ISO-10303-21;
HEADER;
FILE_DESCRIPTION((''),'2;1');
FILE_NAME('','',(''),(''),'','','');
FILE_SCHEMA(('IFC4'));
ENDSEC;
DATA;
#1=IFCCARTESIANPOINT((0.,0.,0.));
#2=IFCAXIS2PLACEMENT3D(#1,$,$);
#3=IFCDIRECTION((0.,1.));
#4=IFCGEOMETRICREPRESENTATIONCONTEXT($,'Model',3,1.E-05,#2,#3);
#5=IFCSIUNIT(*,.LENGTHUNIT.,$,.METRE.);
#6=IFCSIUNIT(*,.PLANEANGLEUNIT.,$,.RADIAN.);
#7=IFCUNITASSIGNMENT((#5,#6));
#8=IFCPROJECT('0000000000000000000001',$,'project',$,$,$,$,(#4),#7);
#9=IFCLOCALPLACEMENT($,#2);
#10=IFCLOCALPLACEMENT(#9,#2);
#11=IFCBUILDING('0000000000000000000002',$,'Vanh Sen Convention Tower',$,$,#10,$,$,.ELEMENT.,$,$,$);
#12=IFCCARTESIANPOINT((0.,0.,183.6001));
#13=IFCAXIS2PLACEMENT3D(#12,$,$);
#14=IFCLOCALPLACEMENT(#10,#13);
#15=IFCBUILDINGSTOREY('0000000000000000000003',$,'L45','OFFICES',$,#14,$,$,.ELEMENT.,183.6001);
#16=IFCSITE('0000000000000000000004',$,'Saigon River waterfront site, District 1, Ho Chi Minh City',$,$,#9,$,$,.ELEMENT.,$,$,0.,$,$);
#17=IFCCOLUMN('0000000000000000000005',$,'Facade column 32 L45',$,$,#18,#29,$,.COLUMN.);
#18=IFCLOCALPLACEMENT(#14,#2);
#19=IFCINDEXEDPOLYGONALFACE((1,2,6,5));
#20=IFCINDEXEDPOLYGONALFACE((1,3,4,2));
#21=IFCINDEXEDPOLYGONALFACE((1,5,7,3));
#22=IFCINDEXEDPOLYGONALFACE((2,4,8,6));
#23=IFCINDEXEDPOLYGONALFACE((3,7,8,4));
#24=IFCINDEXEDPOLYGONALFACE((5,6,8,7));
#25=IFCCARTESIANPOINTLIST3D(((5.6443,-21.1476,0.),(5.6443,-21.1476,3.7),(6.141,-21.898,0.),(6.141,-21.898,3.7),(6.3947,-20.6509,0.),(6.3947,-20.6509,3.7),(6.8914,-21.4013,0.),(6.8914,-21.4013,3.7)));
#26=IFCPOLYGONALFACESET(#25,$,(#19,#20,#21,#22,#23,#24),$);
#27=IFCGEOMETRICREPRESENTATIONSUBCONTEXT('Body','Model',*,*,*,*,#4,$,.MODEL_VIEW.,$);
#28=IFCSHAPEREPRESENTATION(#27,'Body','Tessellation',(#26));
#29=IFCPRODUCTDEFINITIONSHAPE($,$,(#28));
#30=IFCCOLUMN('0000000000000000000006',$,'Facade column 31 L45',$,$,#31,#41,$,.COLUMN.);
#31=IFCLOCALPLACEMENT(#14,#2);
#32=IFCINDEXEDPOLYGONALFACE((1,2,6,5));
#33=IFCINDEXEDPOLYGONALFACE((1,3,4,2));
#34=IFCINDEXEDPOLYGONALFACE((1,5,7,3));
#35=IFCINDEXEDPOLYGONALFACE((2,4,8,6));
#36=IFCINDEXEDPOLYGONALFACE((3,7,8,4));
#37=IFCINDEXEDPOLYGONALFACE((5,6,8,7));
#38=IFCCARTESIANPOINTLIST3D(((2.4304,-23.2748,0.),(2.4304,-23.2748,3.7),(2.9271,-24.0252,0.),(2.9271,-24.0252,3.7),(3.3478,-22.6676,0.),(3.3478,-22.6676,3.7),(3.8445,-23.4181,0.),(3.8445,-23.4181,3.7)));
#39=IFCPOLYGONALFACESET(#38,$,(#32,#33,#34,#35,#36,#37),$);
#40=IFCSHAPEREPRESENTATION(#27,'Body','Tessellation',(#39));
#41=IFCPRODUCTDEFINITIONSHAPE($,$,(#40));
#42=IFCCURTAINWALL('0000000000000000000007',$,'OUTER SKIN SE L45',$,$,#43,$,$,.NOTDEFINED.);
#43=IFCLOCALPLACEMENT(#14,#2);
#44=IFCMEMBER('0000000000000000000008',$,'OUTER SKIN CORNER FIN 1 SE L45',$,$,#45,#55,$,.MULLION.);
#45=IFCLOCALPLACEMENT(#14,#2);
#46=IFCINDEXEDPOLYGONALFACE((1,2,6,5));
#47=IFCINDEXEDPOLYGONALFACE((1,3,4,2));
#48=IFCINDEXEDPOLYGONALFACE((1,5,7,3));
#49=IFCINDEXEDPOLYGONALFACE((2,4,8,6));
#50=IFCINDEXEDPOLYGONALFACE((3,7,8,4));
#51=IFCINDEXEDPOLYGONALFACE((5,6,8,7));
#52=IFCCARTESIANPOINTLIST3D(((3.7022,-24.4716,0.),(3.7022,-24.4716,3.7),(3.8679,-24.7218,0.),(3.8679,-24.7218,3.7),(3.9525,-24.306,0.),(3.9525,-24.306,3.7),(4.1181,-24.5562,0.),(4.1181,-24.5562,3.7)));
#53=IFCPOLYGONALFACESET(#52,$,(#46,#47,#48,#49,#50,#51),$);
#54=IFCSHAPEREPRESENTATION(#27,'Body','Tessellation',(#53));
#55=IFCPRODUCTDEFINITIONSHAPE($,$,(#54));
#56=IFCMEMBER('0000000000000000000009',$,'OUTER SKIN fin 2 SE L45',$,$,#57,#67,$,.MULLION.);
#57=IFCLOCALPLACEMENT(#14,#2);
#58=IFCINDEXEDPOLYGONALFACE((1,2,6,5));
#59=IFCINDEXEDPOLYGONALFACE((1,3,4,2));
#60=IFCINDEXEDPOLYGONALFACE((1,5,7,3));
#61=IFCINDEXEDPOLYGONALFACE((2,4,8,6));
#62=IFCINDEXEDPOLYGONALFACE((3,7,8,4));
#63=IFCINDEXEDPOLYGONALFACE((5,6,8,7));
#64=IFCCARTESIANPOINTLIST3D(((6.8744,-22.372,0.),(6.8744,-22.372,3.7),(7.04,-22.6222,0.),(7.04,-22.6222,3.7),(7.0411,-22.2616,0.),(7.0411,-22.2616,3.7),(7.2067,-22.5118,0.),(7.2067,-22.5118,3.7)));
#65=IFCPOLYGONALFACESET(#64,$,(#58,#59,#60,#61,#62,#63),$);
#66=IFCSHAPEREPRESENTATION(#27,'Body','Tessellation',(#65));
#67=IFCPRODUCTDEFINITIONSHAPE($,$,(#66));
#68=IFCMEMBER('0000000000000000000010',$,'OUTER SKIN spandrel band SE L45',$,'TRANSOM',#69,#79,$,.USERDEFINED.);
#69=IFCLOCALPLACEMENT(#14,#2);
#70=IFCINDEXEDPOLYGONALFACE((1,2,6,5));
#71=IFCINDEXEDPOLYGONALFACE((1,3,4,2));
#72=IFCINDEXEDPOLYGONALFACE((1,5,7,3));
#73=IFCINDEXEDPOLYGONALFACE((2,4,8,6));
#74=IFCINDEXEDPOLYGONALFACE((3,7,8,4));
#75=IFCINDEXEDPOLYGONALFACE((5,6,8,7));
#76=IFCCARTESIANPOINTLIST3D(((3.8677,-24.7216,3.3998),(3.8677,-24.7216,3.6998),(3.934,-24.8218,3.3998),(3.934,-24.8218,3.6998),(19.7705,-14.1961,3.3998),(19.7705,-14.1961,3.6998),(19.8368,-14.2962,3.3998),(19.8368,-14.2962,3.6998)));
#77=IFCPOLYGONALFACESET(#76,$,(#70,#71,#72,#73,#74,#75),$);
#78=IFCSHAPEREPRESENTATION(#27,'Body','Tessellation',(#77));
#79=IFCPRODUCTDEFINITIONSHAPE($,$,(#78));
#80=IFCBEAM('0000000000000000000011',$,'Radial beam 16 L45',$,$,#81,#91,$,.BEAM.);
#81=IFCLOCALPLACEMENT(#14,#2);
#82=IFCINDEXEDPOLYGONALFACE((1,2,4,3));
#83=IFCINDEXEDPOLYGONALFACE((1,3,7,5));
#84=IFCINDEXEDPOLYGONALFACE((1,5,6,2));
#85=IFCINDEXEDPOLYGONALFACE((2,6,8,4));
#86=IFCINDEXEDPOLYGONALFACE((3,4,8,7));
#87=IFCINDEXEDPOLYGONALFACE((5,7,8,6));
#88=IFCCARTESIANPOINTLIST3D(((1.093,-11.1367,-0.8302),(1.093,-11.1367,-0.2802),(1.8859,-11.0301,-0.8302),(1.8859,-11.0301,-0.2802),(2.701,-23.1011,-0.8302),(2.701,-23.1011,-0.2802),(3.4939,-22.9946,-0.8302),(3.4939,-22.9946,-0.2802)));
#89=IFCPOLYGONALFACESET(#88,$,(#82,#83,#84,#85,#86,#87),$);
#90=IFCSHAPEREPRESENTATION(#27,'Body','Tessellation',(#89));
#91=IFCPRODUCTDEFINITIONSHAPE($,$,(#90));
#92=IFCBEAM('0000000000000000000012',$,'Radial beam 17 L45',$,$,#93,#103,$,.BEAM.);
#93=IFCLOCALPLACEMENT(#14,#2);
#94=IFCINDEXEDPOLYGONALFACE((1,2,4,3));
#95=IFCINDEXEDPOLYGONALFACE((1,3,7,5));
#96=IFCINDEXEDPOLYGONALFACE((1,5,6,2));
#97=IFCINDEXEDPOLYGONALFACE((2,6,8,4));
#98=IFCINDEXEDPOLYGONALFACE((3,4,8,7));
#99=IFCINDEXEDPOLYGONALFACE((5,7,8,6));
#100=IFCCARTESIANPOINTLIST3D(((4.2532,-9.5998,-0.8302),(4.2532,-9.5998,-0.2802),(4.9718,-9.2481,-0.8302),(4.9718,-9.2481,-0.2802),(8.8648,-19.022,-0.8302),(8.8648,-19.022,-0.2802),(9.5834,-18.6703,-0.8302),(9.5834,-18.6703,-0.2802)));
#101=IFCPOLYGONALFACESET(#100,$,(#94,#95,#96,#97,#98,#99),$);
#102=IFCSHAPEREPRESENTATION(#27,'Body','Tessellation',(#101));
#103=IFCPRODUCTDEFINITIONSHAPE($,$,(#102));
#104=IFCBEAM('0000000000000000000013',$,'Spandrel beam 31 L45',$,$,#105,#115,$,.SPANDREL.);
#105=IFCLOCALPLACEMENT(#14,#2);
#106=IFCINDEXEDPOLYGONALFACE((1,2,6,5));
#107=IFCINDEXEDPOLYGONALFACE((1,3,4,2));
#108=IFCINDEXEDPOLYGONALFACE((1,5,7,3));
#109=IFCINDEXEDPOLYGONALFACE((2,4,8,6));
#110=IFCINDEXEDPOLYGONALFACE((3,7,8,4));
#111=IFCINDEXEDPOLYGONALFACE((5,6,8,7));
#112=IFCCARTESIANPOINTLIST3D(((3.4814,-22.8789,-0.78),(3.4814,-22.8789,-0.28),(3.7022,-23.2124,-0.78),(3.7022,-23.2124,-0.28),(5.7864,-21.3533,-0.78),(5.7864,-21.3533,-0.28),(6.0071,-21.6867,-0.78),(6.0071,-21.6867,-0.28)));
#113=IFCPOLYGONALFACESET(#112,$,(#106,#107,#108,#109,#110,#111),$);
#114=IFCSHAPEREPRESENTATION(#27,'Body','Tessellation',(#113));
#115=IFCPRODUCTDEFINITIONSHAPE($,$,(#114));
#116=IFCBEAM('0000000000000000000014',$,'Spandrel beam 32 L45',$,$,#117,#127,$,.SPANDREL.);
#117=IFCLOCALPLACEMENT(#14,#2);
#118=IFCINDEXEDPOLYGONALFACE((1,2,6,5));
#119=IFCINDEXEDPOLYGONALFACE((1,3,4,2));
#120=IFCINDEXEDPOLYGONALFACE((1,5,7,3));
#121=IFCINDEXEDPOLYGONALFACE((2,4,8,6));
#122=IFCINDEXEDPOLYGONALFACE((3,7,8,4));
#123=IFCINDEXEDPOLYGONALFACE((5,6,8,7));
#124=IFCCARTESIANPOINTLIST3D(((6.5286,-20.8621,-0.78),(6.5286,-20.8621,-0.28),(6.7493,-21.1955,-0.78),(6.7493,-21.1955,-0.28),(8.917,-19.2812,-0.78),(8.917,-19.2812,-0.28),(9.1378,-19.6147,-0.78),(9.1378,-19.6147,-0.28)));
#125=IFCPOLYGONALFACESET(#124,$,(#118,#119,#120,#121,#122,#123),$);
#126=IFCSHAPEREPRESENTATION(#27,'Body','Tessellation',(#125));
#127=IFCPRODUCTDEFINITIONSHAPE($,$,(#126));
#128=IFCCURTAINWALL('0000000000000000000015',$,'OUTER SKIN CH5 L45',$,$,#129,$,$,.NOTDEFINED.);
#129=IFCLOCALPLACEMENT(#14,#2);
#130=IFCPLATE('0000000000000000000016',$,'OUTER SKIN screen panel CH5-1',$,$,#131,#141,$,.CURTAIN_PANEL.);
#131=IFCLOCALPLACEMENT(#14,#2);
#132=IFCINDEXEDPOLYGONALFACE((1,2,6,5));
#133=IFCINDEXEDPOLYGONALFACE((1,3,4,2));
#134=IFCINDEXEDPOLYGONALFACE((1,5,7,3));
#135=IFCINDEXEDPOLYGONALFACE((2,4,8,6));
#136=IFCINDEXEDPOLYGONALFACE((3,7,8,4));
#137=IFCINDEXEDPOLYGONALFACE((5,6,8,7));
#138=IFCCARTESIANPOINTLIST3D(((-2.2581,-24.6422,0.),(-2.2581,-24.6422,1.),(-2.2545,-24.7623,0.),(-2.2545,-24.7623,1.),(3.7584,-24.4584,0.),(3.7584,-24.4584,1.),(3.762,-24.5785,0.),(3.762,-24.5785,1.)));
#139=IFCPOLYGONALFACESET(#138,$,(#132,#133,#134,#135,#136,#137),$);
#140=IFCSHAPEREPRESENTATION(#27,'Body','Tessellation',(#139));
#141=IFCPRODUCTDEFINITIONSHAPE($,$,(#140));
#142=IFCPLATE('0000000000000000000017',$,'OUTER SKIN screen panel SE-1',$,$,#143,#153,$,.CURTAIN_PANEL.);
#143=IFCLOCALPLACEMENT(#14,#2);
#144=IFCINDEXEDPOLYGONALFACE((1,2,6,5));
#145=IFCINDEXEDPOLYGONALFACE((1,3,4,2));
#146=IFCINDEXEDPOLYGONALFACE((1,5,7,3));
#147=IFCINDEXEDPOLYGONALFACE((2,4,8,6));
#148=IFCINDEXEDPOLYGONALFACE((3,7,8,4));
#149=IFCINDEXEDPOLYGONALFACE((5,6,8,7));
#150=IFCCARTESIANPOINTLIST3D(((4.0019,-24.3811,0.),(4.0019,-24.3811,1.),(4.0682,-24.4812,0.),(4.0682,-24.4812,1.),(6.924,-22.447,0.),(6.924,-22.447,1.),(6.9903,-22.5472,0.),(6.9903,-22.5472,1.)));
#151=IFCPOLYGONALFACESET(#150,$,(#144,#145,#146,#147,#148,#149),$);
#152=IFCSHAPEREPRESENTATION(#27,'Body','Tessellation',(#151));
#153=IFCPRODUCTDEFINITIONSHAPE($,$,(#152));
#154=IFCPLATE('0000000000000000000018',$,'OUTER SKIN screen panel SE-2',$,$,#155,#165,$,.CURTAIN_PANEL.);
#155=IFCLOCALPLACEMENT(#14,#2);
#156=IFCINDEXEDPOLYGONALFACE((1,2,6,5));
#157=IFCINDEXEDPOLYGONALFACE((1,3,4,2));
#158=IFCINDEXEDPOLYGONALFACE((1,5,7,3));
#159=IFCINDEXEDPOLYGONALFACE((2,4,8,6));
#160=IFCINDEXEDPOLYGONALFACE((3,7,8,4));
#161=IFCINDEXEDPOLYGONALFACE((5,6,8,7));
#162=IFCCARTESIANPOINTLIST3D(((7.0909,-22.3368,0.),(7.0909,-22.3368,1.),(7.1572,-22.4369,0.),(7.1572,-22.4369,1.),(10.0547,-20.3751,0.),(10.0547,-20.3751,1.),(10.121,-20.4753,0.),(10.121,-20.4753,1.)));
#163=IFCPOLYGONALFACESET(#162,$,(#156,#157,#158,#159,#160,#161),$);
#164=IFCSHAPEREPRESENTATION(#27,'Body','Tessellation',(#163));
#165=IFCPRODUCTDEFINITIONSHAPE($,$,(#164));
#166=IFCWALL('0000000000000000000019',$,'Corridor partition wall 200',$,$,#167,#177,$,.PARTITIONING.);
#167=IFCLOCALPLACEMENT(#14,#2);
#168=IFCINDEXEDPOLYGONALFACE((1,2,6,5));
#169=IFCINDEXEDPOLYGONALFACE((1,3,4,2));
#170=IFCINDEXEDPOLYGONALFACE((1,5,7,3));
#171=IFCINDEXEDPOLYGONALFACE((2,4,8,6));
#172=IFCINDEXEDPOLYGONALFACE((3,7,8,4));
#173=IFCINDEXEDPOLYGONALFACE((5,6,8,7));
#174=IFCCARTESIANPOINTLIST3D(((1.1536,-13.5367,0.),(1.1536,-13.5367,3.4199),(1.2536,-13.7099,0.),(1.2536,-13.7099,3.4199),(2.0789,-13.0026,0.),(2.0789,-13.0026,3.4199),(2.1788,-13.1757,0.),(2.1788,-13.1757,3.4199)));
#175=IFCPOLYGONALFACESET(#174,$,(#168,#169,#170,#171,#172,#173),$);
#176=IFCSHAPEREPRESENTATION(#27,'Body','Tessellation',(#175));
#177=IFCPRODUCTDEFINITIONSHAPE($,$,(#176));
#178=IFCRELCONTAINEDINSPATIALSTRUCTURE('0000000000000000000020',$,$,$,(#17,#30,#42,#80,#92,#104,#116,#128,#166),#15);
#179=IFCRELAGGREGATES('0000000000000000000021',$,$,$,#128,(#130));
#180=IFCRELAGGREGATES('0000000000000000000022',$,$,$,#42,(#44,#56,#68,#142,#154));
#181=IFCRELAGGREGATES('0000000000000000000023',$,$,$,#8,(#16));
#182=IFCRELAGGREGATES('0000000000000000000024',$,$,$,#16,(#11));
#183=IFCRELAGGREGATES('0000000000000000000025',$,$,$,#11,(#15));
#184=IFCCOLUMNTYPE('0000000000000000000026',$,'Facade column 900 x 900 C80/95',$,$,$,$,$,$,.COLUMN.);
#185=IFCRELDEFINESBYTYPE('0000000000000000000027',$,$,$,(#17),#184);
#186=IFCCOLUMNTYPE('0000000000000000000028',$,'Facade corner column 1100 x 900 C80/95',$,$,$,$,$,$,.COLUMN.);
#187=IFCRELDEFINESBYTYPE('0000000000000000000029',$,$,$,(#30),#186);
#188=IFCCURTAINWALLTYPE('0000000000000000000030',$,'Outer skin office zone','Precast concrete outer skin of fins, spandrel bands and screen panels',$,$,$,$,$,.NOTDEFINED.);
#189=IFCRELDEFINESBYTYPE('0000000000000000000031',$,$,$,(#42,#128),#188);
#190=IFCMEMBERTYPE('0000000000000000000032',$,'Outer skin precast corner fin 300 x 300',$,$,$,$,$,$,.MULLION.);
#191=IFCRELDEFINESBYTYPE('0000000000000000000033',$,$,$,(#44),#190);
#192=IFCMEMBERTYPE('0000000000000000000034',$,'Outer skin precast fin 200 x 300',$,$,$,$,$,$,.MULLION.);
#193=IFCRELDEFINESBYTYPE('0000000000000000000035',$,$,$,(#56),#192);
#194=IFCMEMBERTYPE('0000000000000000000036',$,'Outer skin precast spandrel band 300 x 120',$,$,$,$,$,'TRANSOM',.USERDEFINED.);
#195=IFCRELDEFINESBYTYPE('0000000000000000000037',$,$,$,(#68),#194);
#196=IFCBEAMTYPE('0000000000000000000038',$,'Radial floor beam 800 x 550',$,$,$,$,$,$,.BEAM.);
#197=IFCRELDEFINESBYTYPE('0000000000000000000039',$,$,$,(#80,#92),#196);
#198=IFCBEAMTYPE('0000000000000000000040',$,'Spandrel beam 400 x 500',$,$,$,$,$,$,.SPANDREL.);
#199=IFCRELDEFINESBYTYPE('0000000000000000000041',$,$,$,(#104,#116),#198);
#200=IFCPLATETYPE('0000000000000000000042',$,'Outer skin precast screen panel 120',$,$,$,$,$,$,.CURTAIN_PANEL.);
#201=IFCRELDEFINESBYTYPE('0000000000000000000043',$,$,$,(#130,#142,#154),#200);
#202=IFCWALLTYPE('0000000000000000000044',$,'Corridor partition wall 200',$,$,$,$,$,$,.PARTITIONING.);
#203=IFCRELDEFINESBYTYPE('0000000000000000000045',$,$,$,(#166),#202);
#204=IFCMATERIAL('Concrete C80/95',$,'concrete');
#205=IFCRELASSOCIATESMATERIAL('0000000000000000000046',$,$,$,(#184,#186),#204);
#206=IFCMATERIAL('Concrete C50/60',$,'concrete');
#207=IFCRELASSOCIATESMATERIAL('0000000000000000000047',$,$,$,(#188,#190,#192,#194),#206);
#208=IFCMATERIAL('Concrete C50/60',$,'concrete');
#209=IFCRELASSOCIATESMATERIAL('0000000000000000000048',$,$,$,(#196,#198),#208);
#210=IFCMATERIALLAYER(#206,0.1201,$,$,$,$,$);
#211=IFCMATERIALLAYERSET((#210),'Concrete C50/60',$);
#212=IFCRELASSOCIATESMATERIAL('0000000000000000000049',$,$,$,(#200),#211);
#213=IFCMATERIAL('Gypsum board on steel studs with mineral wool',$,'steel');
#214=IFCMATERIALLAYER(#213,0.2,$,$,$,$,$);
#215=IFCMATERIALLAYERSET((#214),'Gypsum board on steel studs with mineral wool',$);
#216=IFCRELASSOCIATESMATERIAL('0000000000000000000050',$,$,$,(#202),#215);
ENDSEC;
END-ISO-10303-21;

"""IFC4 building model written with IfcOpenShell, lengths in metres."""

from ifc_helpers import new_model, si_unit, direction, frame, frame_2d, origin, origin_2d, place, context, subcontext, project, spatial, rectangle, extrude, material, layer, layer_set, material_profile, profile_set, type_object, element, aggregate, save


model = new_model("IFC4")

# Units and contexts
model_context = context("Model", 3, precision=1e-05, world=origin(), true_north=direction((0.0, 1.0)))
body_context = subcontext(model_context, "Body", "Model", "MODEL_VIEW")
ifc_project = project(units=[si_unit("LENGTHUNIT", "METRE"), si_unit("PLANEANGLEUNIT", "RADIAN")], contexts=[model_context])

# Site, building, storey
site_placement = place(None, origin())
site = spatial("IfcSite", under=ifc_project, at=site_placement, Name="Saigon River waterfront site, District 1, Ho Chi Minh City", CompositionType="ELEMENT", RefElevation=0.0)
building_placement = place(site_placement, origin())
building = spatial("IfcBuilding", under=site, at=building_placement, Name="Vanh Sen Convention Tower", CompositionType="ELEMENT")
storey_placement = place(building_placement, frame((0.0, 0.0, 183.6001)))
storey = spatial("IfcBuildingStorey", under=building, at=storey_placement, Name="L45", Description="OFFICES", CompositionType="ELEMENT", Elevation=183.6001)

# Columns
ifc_material_1 = material(Name="Concrete C80/95", Category="concrete")
ifc_material_profile_1 = material_profile(ifc_material_1, rectangle(XDim=0.8999, YDim=0.8999, at=origin_2d()), Name="RC 900X900")
ifc_profile_set_1 = profile_set([ifc_material_profile_1], Name="Concrete C80/95")
column_type_1 = type_object("IfcColumnType", Name="Facade column 900 x 900 C80/95", PredefinedType="COLUMN", material=ifc_profile_set_1)
column_1_placement = place(storey_placement, frame((6.2678, -21.2744, 0.0), z_axis=(0.0, 0.0, 1.0), x_axis=(0.833886, 0.551937, 0.0)))
element("IfcColumn", 1, at=column_1_placement, inside=storey, type_object=column_type_1, Name="Facade column 32 L45", PredefinedType="COLUMN", context=body_context, shape_type="SweptSolid", body=[
    extrude(rectangle(XDim=0.8999, YDim=0.8999, at=origin_2d()), origin(), (0.0, 0.0, 1.0), 3.7),
])
ifc_material_profile_2 = material_profile(ifc_material_1, rectangle(XDim=1.1001, YDim=0.8999, at=origin_2d()), Name="RC 1100X900")
ifc_profile_set_2 = profile_set([ifc_material_profile_2], Name="Concrete C80/95")
column_type_2 = type_object("IfcColumnType", Name="Facade corner column 1100 x 900 C80/95", PredefinedType="COLUMN", material=ifc_profile_set_2)
column_2_placement = place(storey_placement, frame((3.1375, -23.3464, 0.0), z_axis=(0.0, 0.0, 1.0), x_axis=(0.833886, 0.551937, 0.0)))
element("IfcColumn", 2, at=column_2_placement, inside=storey, type_object=column_type_2, Name="Facade column 31 L45", PredefinedType="COLUMN", context=body_context, shape_type="SweptSolid", body=[
    extrude(rectangle(XDim=1.1001, YDim=0.8999, at=origin_2d()), origin(), (0.0, 0.0, 1.0), 3.7),
])

# Curtain wall, members
ifc_material_2 = material(Name="Concrete C50/60", Category="concrete")
curtain_wall_type = type_object("IfcCurtainWallType", Name="Outer skin office zone", Description="Precast concrete outer skin of fins, spandrel bands and screen panels", PredefinedType="NOTDEFINED", material=ifc_material_2)
curtain_wall_1_placement = place(storey_placement, origin())
curtain_wall_1 = element("IfcCurtainWall", 3, at=curtain_wall_1_placement, inside=storey, type_object=curtain_wall_type, Name="OUTER SKIN SE L45", PredefinedType="NOTDEFINED")
ifc_material_profile_3 = material_profile(ifc_material_2, rectangle(XDim=0.3, YDim=0.3, at=origin_2d()), Name="Outer skin precast corner fin 300 x 300")
ifc_profile_set_3 = profile_set([ifc_material_profile_3], Name="Concrete C50/60")
member_type_1 = type_object("IfcMemberType", Name="Outer skin precast corner fin 300 x 300", PredefinedType="MULLION", material=ifc_profile_set_3)
member_1_placement = place(storey_placement, frame((3.9102, -24.5139, 0.0), z_axis=(0.0, 0.0, 1.0), x_axis=(0.833886, 0.551937, 0.0)))
member_1 = element("IfcMember", 4, at=member_1_placement, type_object=member_type_1, Name="OUTER SKIN CORNER FIN 1 SE L45", PredefinedType="MULLION", context=body_context, shape_type="SweptSolid", body=[
    extrude(rectangle(XDim=0.3, YDim=0.3, at=origin_2d()), origin(), (0.0, 0.0, 1.0), 3.7),
])
ifc_material_profile_4 = material_profile(ifc_material_2, rectangle(XDim=0.2, YDim=0.3, at=origin_2d()), Name="Outer skin precast fin 200 x 300")
ifc_profile_set_4 = profile_set([ifc_material_profile_4], Name="Concrete C50/60")
member_type_2 = type_object("IfcMemberType", Name="Outer skin precast fin 200 x 300", PredefinedType="MULLION", material=ifc_profile_set_4)
member_2_placement = place(storey_placement, frame((7.0405, -22.4419, 0.0), z_axis=(0.0, 0.0, 1.0), x_axis=(0.833886, 0.551937, 0.0)))
member_2 = element("IfcMember", 5, at=member_2_placement, type_object=member_type_2, Name="OUTER SKIN fin 2 SE L45", PredefinedType="MULLION", context=body_context, shape_type="SweptSolid", body=[
    extrude(rectangle(XDim=0.2, YDim=0.3, at=origin_2d()), origin(), (0.0, 0.0, 1.0), 3.7),
])
ifc_material_profile_5 = material_profile(ifc_material_2, rectangle(XDim=0.1201, YDim=0.3, at=origin_2d()), Name="Outer skin precast spandrel band 300 x 120")
ifc_profile_set_5 = profile_set([ifc_material_profile_5], Name="Concrete C50/60")
member_type_3 = type_object("IfcMemberType", Name="Outer skin precast spandrel band 300 x 120", ElementType="TRANSOM", PredefinedType="USERDEFINED", material=ifc_profile_set_5)
member_3_placement = place(storey_placement, frame((3.9009, -24.7717, 3.5498), z_axis=(0.833891, 0.551929, 0.0), x_axis=(-0.551929, 0.833891, 0.0)))
member_3 = element("IfcMember", 6, at=member_3_placement, type_object=member_type_3, Name="OUTER SKIN spandrel band SE L45", ObjectType="TRANSOM", PredefinedType="USERDEFINED", context=body_context, shape_type="SweptSolid", body=[
    extrude(rectangle(XDim=0.1201, YDim=0.3, at=origin_2d()), origin(), (0.0, 0.0, 1.0), 19.0706),
])

# Beams
ifc_material_3 = material(Name="Concrete C50/60", Category="concrete")
ifc_material_profile_6 = material_profile(ifc_material_3, rectangle(XDim=0.8, YDim=0.55, at=origin_2d()), Name="RC 800X550")
ifc_profile_set_6 = profile_set([ifc_material_profile_6], Name="Concrete C50/60")
beam_type_1 = type_object("IfcBeamType", Name="Radial floor beam 800 x 550", PredefinedType="BEAM", material=ifc_profile_set_6)
beam_1_placement = place(storey_placement, frame((3.0974, -23.0479, -0.5552), z_axis=(-0.133194, 0.99109, 0.0), x_axis=(-0.99109, -0.133194, 0.0)))
element("IfcBeam", 7, at=beam_1_placement, inside=storey, type_object=beam_type_1, Name="Radial beam 16 L45", PredefinedType="BEAM", context=body_context, shape_type="SweptSolid", body=[
    extrude(rectangle(XDim=0.8, YDim=0.55, at=origin_2d()), origin(), (0.0, 0.0, 1.0), 12.072),
])
beam_2_placement = place(storey_placement, frame((9.2241, -18.8462, -0.5552), z_axis=(-0.43961, 0.898189, 0.0), x_axis=(-0.898189, -0.43961, 0.0)))
element("IfcBeam", 8, at=beam_2_placement, inside=storey, type_object=beam_type_1, Name="Radial beam 17 L45", PredefinedType="BEAM", context=body_context, shape_type="SweptSolid", body=[
    extrude(rectangle(XDim=0.8, YDim=0.55, at=origin_2d()), origin(), (0.0, 0.0, 1.0), 10.4902),
])
ifc_material_profile_7 = material_profile(ifc_material_3, rectangle(XDim=0.3999, YDim=0.5, at=origin_2d()), Name="RC 400X500")
ifc_profile_set_7 = profile_set([ifc_material_profile_7], Name="Concrete C50/60")
beam_type_2 = type_object("IfcBeamType", Name="Spandrel beam 400 x 500", PredefinedType="SPANDREL", material=ifc_profile_set_7)
beam_3_placement = place(storey_placement, frame((3.5918, -23.0457, -0.53), z_axis=(0.83388, 0.551945, 0.0), x_axis=(-0.551945, 0.83388, 0.0)))
element("IfcBeam", 9, at=beam_3_placement, inside=storey, type_object=beam_type_2, Name="Spandrel beam 31 L45", PredefinedType="SPANDREL", context=body_context, shape_type="SweptSolid", body=[
    extrude(rectangle(XDim=0.3999, YDim=0.5, at=origin_2d()), origin(), (0.0, 0.0, 1.0), 2.7642),
])
beam_4_placement = place(storey_placement, frame((6.6389, -21.0288, -0.53), z_axis=(0.833895, 0.551924, 0.0), x_axis=(-0.551924, 0.833895, 0.0)))
element("IfcBeam", 10, at=beam_4_placement, inside=storey, type_object=beam_type_2, Name="Spandrel beam 32 L45", PredefinedType="SPANDREL", context=body_context, shape_type="SweptSolid", body=[
    extrude(rectangle(XDim=0.3999, YDim=0.5, at=origin_2d()), origin(), (0.0, 0.0, 1.0), 2.8643),
])

# Curtain wall, plate
curtain_wall_2_placement = place(storey_placement, origin())
curtain_wall_2 = element("IfcCurtainWall", 11, at=curtain_wall_2_placement, inside=storey, type_object=curtain_wall_type, Name="OUTER SKIN CH5 L45", PredefinedType="NOTDEFINED")
ifc_layer_1 = layer(ifc_material_2, 0.1201)
ifc_layer_set_1 = layer_set([ifc_layer_1], Name="Concrete C50/60")
plate_type = type_object("IfcPlateType", Name="Outer skin precast screen panel 120", PredefinedType="CURTAIN_PANEL", material=ifc_layer_set_1)
plate_1_placement = place(storey_placement, frame((0.752, -24.6104, 0.0), z_axis=(0.0, 0.0, 1.0), x_axis=(0.999534, 0.03054, 0.0)))
plate_1 = element("IfcPlate", 12, at=plate_1_placement, type_object=plate_type, Name="OUTER SKIN screen panel CH5-1", PredefinedType="CURTAIN_PANEL", context=body_context, shape_type="SweptSolid", body=[
    extrude(rectangle(XDim=6.0193, YDim=0.1201, at=origin_2d()), origin(), (0.0, 0.0, 1.0), 1.0),
])
aggregate(curtain_wall_2, [plate_1])

# Plates
plate_2_placement = place(storey_placement, frame((5.4961, -23.4641, 0.0), z_axis=(0.0, 0.0, 1.0), x_axis=(0.83389, 0.551931, 0.0)))
plate_2 = element("IfcPlate", 13, at=plate_2_placement, type_object=plate_type, Name="OUTER SKIN screen panel SE-1", PredefinedType="CURTAIN_PANEL", context=body_context, shape_type="SweptSolid", body=[
    extrude(rectangle(XDim=3.5042, YDim=0.1201, at=origin_2d()), origin(), (0.0, 0.0, 1.0), 1.0),
])
plate_3_placement = place(storey_placement, frame((8.606, -21.406, 0.0), z_axis=(0.0, 0.0, 1.0), x_axis=(0.83389, 0.551931, 0.0)))
plate_3 = element("IfcPlate", 14, at=plate_3_placement, type_object=plate_type, Name="OUTER SKIN screen panel SE-2", PredefinedType="CURTAIN_PANEL", context=body_context, shape_type="SweptSolid", body=[
    extrude(rectangle(XDim=3.5542, YDim=0.1201, at=origin_2d()), origin(), (0.0, 0.0, 1.0), 1.0),
])
aggregate(curtain_wall_1, [member_1, member_2, member_3, plate_2, plate_3])

# Wall
ifc_material_4 = material(Name="Gypsum board on steel studs with mineral wool", Category="steel")
ifc_layer_2 = layer(ifc_material_4, 0.2)
ifc_layer_set_2 = layer_set([ifc_layer_2], Name="Gypsum board on steel studs with mineral wool")
wall_type_1 = type_object("IfcWallType", Name="Corridor partition wall 200", PredefinedType="PARTITIONING", material=ifc_layer_set_2)
wall_1_placement = place(storey_placement, frame((1.2036, -13.6233, 0.0), z_axis=(0.0, 0.0, 1.0), x_axis=(0.866041, 0.499973, 0.0)))
element("IfcWall", 15, at=wall_1_placement, inside=storey, type_object=wall_type_1, Name="Corridor partition wall 200", PredefinedType="PARTITIONING", context=body_context, shape_type="SweptSolid", body=[
    extrude(rectangle(XDim=1.0684, YDim=0.2, at=frame_2d((0.5342, 0.0))), origin(), (0.0, 0.0, 1.0), 3.4199),
])

save(model, "model.ifc")
